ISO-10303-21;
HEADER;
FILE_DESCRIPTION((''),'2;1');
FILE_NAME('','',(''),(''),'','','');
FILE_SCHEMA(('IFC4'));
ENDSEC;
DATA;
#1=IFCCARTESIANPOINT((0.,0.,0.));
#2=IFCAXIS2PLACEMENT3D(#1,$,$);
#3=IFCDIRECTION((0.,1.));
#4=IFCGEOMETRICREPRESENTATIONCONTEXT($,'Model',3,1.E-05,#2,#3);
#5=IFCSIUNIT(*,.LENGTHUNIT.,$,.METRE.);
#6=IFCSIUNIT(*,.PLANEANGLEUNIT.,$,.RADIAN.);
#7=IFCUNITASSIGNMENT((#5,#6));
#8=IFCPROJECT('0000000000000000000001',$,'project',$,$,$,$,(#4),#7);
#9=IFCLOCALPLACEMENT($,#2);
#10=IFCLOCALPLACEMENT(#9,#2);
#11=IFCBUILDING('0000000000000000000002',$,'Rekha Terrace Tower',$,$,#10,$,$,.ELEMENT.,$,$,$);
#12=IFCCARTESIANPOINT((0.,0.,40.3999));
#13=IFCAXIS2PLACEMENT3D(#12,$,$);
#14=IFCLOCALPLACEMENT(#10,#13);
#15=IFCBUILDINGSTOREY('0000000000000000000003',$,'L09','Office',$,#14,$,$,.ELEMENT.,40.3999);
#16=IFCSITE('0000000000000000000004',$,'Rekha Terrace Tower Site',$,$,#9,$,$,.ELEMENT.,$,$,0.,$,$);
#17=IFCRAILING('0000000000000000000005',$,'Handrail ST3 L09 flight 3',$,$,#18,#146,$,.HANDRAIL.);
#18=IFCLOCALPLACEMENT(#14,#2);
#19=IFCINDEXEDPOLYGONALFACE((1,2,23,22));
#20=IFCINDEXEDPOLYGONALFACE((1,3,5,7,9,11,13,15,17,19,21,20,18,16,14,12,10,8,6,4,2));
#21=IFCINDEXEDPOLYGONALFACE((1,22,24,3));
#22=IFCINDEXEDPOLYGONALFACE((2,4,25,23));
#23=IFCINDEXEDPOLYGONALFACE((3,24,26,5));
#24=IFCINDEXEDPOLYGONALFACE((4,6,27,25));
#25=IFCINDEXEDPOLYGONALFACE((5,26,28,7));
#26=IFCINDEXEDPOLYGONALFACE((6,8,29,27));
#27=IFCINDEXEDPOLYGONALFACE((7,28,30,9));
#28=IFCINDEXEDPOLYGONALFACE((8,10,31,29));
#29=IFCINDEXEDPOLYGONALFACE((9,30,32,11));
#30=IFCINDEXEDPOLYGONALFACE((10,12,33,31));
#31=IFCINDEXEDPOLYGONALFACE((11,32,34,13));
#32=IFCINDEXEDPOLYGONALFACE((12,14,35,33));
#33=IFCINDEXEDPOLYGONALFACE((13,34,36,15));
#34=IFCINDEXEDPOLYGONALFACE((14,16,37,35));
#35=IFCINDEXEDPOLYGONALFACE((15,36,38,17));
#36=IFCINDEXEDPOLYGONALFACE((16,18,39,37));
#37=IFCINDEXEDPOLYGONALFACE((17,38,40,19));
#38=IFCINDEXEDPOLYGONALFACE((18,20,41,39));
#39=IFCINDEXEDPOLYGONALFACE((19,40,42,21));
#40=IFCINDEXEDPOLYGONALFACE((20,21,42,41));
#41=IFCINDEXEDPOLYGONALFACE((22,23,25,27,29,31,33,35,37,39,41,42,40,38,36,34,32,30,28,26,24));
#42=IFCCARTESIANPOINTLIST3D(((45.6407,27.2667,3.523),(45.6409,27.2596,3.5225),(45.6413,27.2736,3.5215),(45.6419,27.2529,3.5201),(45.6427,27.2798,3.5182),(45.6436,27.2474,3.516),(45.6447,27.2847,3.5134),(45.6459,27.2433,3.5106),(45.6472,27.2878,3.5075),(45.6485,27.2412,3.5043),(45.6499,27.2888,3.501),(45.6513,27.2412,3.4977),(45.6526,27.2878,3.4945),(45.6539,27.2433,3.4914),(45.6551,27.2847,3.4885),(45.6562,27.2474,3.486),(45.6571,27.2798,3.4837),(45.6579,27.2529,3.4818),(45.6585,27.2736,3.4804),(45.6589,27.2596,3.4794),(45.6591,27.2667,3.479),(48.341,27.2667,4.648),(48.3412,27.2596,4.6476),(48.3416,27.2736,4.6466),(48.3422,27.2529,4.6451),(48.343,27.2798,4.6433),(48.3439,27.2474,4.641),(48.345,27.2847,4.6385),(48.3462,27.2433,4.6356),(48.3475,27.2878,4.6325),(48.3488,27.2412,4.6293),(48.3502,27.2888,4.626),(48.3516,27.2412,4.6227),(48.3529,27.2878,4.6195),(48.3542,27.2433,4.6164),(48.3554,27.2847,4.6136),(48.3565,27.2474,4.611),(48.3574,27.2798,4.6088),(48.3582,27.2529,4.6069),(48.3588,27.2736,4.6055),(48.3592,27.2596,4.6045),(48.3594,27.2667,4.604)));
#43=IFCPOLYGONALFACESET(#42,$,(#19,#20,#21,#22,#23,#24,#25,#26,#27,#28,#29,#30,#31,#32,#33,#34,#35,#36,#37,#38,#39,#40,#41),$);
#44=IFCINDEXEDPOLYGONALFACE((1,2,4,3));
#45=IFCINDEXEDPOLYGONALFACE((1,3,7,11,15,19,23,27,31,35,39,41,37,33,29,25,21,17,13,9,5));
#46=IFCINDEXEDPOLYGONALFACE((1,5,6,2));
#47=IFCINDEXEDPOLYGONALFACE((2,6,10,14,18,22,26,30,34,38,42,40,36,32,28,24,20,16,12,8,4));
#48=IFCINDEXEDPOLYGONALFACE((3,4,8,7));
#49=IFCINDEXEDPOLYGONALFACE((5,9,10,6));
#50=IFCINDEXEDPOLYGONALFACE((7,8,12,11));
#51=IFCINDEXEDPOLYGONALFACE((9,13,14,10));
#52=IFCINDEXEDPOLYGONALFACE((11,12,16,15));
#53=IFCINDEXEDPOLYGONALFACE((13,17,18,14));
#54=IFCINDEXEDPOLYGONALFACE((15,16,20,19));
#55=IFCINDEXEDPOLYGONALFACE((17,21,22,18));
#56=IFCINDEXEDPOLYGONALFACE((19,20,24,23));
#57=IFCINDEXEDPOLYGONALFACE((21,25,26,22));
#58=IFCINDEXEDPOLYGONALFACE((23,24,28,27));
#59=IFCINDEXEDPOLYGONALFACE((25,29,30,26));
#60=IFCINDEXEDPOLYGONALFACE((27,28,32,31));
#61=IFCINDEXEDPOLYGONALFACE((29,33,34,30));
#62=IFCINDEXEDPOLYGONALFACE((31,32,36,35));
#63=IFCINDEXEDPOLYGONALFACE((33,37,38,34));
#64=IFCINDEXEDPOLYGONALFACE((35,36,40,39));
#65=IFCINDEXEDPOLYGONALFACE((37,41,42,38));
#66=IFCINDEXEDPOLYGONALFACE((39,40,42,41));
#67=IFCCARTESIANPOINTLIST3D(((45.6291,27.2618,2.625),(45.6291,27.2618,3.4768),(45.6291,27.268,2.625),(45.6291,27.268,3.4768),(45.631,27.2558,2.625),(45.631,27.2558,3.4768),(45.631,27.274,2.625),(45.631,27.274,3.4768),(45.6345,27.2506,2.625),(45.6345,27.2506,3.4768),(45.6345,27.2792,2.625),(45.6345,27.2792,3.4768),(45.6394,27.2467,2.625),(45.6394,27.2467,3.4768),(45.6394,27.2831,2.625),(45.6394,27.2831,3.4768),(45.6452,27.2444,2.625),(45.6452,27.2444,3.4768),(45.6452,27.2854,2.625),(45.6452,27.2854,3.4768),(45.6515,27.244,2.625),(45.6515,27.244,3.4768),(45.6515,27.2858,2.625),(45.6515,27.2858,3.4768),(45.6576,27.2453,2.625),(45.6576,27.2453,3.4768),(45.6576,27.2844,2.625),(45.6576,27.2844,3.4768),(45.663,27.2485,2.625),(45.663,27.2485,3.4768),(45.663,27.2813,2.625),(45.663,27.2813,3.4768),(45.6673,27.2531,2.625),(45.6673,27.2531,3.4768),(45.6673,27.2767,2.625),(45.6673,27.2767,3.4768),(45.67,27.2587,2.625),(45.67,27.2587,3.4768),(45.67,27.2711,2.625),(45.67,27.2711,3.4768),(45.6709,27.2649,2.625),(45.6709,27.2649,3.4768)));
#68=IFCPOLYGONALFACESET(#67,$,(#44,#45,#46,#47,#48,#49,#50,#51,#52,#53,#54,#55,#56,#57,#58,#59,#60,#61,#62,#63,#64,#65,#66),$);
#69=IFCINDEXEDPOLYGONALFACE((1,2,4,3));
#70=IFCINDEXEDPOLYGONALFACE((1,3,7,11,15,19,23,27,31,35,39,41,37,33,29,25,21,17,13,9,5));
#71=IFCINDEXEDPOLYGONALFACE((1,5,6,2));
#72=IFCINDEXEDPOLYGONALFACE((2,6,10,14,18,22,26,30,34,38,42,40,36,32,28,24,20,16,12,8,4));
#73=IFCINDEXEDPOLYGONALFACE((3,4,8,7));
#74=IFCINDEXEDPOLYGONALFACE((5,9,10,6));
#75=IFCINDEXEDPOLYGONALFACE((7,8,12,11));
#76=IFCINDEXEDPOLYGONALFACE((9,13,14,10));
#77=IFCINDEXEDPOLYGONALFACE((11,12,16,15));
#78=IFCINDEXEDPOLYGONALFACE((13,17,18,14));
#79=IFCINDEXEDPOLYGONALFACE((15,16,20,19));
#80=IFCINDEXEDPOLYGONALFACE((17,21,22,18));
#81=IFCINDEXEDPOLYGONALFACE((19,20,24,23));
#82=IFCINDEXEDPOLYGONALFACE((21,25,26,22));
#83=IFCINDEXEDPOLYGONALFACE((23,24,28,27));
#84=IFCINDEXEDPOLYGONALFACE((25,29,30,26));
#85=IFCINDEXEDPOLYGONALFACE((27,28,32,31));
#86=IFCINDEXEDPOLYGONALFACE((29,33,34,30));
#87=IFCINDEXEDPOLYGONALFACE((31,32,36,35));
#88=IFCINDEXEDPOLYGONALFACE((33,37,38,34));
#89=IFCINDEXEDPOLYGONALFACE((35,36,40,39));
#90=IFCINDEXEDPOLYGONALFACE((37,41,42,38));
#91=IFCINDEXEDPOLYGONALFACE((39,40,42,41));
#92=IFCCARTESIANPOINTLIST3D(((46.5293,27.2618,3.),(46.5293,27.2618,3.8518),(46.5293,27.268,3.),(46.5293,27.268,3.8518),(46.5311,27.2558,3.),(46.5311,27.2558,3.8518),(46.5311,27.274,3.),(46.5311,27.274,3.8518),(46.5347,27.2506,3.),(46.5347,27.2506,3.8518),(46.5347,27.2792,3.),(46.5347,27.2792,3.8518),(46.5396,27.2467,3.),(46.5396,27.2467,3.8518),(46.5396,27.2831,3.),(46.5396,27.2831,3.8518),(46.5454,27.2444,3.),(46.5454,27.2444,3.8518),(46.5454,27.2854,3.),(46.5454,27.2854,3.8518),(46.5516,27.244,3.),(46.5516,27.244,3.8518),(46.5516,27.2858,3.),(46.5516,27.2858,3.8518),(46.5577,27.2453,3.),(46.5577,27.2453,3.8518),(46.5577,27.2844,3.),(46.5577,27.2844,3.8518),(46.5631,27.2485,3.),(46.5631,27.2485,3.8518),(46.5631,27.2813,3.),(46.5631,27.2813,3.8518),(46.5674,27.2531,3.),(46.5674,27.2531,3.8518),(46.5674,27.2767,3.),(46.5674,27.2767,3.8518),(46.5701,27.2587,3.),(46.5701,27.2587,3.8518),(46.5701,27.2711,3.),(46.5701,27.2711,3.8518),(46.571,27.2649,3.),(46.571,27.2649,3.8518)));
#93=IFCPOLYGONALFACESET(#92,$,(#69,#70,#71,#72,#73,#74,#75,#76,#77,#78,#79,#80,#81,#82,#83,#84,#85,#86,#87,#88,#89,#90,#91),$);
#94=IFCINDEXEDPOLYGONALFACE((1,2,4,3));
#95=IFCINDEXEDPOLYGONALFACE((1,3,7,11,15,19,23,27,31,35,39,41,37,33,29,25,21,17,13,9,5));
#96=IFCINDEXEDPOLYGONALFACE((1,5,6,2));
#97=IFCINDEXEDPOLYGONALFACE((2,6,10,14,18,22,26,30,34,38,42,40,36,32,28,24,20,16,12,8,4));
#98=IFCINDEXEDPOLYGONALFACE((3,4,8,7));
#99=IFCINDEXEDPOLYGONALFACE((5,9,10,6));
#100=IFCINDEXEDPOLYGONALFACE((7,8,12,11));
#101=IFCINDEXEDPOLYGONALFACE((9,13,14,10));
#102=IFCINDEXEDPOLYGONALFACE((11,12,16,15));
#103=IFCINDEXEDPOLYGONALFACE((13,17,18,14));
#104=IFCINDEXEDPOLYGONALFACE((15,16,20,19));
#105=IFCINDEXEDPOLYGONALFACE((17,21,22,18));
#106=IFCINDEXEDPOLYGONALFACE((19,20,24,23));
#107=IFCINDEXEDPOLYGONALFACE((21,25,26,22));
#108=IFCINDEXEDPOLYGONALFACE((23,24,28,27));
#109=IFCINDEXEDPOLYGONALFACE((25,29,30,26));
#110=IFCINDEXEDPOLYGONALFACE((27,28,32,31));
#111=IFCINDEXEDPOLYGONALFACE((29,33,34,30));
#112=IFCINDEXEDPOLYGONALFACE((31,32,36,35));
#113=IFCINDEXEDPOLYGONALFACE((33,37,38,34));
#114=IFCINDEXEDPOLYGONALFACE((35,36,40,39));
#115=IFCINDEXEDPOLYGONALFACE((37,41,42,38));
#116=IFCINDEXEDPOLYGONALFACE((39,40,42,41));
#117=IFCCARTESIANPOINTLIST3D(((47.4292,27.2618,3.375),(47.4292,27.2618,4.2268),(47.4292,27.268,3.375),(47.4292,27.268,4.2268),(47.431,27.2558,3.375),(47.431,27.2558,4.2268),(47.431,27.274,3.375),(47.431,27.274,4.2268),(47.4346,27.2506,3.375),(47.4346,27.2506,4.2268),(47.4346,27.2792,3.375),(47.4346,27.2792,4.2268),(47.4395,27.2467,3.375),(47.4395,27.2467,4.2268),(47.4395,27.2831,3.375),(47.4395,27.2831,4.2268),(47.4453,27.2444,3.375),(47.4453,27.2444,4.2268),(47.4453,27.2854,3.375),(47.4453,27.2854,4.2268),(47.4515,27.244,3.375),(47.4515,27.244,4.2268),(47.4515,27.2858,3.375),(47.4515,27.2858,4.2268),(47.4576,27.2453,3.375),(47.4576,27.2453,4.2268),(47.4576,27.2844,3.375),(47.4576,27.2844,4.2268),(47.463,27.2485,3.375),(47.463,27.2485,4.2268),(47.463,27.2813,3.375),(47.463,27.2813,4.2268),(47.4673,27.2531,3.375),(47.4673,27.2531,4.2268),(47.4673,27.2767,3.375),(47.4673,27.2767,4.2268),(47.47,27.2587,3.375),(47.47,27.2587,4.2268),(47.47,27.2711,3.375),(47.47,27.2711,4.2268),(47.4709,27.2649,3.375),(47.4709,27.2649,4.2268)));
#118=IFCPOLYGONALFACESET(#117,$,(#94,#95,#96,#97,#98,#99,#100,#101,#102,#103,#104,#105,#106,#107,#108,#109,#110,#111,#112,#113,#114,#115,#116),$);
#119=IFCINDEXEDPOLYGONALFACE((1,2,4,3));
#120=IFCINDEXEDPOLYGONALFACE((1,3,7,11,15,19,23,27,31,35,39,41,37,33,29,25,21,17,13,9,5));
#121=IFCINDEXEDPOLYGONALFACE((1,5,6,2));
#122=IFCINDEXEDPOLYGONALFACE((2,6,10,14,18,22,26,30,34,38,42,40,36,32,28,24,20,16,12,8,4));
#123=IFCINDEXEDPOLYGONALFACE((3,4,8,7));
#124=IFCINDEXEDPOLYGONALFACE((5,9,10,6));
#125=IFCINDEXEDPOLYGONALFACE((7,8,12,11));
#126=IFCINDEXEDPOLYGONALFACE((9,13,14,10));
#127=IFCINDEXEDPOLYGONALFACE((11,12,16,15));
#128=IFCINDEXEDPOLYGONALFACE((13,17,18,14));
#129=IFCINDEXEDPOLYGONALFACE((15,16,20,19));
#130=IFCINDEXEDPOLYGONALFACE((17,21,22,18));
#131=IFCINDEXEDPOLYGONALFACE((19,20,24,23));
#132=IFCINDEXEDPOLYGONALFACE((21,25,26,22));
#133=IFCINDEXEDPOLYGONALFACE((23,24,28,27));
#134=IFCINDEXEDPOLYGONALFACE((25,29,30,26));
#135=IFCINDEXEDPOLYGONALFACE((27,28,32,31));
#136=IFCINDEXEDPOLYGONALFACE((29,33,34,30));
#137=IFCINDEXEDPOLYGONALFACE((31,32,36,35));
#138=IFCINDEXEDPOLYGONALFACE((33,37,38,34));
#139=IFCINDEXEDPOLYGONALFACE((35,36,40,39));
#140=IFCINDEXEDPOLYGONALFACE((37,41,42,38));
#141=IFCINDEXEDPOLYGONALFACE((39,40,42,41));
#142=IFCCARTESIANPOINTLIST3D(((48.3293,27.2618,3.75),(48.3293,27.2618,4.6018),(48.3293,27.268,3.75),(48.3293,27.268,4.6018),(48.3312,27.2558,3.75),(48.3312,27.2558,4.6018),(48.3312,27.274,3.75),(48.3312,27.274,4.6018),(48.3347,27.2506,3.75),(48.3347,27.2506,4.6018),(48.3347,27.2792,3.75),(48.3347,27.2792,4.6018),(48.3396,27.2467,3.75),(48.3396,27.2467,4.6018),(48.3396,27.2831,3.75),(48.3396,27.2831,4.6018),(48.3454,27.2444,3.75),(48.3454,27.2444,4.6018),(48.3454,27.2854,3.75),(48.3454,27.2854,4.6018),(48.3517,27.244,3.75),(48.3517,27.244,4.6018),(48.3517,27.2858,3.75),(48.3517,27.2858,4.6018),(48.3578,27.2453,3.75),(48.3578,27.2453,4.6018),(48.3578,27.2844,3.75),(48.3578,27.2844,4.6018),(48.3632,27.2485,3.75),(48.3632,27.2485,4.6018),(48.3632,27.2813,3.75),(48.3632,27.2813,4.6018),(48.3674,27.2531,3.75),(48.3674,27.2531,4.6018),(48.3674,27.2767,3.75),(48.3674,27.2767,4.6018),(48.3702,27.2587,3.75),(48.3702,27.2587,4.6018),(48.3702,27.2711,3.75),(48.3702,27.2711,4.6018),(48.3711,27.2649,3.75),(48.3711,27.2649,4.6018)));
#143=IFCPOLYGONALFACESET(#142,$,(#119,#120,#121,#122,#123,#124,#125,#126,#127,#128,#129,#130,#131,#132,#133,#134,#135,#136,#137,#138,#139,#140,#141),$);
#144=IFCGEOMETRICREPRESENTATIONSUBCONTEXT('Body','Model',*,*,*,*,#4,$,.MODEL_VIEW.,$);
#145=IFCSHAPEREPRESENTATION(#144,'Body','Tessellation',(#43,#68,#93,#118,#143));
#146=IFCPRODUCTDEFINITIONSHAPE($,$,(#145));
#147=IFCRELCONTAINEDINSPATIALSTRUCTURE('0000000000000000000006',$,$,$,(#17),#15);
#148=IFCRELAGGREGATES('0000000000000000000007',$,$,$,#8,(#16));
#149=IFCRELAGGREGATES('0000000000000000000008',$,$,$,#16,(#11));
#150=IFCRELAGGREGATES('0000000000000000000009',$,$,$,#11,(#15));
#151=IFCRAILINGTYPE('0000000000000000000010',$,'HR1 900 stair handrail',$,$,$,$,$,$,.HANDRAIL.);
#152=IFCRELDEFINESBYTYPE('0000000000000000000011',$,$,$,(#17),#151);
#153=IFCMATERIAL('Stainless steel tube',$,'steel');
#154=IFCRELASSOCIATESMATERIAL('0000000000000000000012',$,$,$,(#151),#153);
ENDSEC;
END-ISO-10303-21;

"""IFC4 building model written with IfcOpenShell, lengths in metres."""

from ifc_helpers import new_model, si_unit, direction, frame, origin, origin_2d, place, context, subcontext, project, spatial, circle, extrude, material, type_object, element, save


model = new_model("IFC4")

# Units and contexts
model_context = context("Model", 3, precision=1e-05, world=origin(), true_north=direction((0.0, 1.0)))
body_context = subcontext(model_context, "Body", "Model", "MODEL_VIEW")
ifc_project = project(units=[si_unit("LENGTHUNIT", "METRE"), si_unit("PLANEANGLEUNIT", "RADIAN")], contexts=[model_context])

# Site, building, storey
site_placement = place(None, origin())
site = spatial("IfcSite", under=ifc_project, at=site_placement, Name="Rekha Terrace Tower Site", CompositionType="ELEMENT", RefElevation=0.0)
building_placement = place(site_placement, origin())
building = spatial("IfcBuilding", under=site, at=building_placement, Name="Rekha Terrace Tower", CompositionType="ELEMENT")
storey_placement = place(building_placement, frame((0.0, 0.0, 40.3999)))
storey = spatial("IfcBuildingStorey", under=building, at=storey_placement, Name="L09", Description="Office", CompositionType="ELEMENT", Elevation=40.3999)

# Railing
ifc_material_1 = material(Name="Stainless steel tube", Category="steel")
railing_type_1 = type_object("IfcRailingType", Name="HR1 900 stair handrail", PredefinedType="HANDRAIL", material=ifc_material_1)
railing_1_placement = place(storey_placement, frame((45.6499, 27.2649, 2.625)))
element("IfcRailing", 1, at=railing_1_placement, inside=storey, type_object=railing_type_1, Name="Handrail ST3 L09 flight 3", PredefinedType="HANDRAIL", context=body_context, shape_type="SweptSolid", body=[
    extrude(circle(Radius=0.0239, at=origin_2d()), frame((0.0, 0.0, 0.876), z_axis=(0.923087, 0.0, 0.384592), x_axis=(0.0, 1.0, 0.0)), (0.0, 0.0, 1.0), 2.9253),
    extrude(circle(Radius=0.021, at=origin_2d()), origin(), (0.0, 0.0, 1.0), 0.8518),
    extrude(circle(Radius=0.021, at=origin_2d()), frame((0.9001, 0.0, 0.375)), (0.0, 0.0, 1.0), 0.8518),
    extrude(circle(Radius=0.021, at=origin_2d()), frame((1.8, 0.0, 0.75)), (0.0, 0.0, 1.0), 0.8518),
    extrude(circle(Radius=0.021, at=origin_2d()), frame((2.7002, 0.0, 1.125)), (0.0, 0.0, 1.0), 0.8518),
])

save(model, "model.ifc")
